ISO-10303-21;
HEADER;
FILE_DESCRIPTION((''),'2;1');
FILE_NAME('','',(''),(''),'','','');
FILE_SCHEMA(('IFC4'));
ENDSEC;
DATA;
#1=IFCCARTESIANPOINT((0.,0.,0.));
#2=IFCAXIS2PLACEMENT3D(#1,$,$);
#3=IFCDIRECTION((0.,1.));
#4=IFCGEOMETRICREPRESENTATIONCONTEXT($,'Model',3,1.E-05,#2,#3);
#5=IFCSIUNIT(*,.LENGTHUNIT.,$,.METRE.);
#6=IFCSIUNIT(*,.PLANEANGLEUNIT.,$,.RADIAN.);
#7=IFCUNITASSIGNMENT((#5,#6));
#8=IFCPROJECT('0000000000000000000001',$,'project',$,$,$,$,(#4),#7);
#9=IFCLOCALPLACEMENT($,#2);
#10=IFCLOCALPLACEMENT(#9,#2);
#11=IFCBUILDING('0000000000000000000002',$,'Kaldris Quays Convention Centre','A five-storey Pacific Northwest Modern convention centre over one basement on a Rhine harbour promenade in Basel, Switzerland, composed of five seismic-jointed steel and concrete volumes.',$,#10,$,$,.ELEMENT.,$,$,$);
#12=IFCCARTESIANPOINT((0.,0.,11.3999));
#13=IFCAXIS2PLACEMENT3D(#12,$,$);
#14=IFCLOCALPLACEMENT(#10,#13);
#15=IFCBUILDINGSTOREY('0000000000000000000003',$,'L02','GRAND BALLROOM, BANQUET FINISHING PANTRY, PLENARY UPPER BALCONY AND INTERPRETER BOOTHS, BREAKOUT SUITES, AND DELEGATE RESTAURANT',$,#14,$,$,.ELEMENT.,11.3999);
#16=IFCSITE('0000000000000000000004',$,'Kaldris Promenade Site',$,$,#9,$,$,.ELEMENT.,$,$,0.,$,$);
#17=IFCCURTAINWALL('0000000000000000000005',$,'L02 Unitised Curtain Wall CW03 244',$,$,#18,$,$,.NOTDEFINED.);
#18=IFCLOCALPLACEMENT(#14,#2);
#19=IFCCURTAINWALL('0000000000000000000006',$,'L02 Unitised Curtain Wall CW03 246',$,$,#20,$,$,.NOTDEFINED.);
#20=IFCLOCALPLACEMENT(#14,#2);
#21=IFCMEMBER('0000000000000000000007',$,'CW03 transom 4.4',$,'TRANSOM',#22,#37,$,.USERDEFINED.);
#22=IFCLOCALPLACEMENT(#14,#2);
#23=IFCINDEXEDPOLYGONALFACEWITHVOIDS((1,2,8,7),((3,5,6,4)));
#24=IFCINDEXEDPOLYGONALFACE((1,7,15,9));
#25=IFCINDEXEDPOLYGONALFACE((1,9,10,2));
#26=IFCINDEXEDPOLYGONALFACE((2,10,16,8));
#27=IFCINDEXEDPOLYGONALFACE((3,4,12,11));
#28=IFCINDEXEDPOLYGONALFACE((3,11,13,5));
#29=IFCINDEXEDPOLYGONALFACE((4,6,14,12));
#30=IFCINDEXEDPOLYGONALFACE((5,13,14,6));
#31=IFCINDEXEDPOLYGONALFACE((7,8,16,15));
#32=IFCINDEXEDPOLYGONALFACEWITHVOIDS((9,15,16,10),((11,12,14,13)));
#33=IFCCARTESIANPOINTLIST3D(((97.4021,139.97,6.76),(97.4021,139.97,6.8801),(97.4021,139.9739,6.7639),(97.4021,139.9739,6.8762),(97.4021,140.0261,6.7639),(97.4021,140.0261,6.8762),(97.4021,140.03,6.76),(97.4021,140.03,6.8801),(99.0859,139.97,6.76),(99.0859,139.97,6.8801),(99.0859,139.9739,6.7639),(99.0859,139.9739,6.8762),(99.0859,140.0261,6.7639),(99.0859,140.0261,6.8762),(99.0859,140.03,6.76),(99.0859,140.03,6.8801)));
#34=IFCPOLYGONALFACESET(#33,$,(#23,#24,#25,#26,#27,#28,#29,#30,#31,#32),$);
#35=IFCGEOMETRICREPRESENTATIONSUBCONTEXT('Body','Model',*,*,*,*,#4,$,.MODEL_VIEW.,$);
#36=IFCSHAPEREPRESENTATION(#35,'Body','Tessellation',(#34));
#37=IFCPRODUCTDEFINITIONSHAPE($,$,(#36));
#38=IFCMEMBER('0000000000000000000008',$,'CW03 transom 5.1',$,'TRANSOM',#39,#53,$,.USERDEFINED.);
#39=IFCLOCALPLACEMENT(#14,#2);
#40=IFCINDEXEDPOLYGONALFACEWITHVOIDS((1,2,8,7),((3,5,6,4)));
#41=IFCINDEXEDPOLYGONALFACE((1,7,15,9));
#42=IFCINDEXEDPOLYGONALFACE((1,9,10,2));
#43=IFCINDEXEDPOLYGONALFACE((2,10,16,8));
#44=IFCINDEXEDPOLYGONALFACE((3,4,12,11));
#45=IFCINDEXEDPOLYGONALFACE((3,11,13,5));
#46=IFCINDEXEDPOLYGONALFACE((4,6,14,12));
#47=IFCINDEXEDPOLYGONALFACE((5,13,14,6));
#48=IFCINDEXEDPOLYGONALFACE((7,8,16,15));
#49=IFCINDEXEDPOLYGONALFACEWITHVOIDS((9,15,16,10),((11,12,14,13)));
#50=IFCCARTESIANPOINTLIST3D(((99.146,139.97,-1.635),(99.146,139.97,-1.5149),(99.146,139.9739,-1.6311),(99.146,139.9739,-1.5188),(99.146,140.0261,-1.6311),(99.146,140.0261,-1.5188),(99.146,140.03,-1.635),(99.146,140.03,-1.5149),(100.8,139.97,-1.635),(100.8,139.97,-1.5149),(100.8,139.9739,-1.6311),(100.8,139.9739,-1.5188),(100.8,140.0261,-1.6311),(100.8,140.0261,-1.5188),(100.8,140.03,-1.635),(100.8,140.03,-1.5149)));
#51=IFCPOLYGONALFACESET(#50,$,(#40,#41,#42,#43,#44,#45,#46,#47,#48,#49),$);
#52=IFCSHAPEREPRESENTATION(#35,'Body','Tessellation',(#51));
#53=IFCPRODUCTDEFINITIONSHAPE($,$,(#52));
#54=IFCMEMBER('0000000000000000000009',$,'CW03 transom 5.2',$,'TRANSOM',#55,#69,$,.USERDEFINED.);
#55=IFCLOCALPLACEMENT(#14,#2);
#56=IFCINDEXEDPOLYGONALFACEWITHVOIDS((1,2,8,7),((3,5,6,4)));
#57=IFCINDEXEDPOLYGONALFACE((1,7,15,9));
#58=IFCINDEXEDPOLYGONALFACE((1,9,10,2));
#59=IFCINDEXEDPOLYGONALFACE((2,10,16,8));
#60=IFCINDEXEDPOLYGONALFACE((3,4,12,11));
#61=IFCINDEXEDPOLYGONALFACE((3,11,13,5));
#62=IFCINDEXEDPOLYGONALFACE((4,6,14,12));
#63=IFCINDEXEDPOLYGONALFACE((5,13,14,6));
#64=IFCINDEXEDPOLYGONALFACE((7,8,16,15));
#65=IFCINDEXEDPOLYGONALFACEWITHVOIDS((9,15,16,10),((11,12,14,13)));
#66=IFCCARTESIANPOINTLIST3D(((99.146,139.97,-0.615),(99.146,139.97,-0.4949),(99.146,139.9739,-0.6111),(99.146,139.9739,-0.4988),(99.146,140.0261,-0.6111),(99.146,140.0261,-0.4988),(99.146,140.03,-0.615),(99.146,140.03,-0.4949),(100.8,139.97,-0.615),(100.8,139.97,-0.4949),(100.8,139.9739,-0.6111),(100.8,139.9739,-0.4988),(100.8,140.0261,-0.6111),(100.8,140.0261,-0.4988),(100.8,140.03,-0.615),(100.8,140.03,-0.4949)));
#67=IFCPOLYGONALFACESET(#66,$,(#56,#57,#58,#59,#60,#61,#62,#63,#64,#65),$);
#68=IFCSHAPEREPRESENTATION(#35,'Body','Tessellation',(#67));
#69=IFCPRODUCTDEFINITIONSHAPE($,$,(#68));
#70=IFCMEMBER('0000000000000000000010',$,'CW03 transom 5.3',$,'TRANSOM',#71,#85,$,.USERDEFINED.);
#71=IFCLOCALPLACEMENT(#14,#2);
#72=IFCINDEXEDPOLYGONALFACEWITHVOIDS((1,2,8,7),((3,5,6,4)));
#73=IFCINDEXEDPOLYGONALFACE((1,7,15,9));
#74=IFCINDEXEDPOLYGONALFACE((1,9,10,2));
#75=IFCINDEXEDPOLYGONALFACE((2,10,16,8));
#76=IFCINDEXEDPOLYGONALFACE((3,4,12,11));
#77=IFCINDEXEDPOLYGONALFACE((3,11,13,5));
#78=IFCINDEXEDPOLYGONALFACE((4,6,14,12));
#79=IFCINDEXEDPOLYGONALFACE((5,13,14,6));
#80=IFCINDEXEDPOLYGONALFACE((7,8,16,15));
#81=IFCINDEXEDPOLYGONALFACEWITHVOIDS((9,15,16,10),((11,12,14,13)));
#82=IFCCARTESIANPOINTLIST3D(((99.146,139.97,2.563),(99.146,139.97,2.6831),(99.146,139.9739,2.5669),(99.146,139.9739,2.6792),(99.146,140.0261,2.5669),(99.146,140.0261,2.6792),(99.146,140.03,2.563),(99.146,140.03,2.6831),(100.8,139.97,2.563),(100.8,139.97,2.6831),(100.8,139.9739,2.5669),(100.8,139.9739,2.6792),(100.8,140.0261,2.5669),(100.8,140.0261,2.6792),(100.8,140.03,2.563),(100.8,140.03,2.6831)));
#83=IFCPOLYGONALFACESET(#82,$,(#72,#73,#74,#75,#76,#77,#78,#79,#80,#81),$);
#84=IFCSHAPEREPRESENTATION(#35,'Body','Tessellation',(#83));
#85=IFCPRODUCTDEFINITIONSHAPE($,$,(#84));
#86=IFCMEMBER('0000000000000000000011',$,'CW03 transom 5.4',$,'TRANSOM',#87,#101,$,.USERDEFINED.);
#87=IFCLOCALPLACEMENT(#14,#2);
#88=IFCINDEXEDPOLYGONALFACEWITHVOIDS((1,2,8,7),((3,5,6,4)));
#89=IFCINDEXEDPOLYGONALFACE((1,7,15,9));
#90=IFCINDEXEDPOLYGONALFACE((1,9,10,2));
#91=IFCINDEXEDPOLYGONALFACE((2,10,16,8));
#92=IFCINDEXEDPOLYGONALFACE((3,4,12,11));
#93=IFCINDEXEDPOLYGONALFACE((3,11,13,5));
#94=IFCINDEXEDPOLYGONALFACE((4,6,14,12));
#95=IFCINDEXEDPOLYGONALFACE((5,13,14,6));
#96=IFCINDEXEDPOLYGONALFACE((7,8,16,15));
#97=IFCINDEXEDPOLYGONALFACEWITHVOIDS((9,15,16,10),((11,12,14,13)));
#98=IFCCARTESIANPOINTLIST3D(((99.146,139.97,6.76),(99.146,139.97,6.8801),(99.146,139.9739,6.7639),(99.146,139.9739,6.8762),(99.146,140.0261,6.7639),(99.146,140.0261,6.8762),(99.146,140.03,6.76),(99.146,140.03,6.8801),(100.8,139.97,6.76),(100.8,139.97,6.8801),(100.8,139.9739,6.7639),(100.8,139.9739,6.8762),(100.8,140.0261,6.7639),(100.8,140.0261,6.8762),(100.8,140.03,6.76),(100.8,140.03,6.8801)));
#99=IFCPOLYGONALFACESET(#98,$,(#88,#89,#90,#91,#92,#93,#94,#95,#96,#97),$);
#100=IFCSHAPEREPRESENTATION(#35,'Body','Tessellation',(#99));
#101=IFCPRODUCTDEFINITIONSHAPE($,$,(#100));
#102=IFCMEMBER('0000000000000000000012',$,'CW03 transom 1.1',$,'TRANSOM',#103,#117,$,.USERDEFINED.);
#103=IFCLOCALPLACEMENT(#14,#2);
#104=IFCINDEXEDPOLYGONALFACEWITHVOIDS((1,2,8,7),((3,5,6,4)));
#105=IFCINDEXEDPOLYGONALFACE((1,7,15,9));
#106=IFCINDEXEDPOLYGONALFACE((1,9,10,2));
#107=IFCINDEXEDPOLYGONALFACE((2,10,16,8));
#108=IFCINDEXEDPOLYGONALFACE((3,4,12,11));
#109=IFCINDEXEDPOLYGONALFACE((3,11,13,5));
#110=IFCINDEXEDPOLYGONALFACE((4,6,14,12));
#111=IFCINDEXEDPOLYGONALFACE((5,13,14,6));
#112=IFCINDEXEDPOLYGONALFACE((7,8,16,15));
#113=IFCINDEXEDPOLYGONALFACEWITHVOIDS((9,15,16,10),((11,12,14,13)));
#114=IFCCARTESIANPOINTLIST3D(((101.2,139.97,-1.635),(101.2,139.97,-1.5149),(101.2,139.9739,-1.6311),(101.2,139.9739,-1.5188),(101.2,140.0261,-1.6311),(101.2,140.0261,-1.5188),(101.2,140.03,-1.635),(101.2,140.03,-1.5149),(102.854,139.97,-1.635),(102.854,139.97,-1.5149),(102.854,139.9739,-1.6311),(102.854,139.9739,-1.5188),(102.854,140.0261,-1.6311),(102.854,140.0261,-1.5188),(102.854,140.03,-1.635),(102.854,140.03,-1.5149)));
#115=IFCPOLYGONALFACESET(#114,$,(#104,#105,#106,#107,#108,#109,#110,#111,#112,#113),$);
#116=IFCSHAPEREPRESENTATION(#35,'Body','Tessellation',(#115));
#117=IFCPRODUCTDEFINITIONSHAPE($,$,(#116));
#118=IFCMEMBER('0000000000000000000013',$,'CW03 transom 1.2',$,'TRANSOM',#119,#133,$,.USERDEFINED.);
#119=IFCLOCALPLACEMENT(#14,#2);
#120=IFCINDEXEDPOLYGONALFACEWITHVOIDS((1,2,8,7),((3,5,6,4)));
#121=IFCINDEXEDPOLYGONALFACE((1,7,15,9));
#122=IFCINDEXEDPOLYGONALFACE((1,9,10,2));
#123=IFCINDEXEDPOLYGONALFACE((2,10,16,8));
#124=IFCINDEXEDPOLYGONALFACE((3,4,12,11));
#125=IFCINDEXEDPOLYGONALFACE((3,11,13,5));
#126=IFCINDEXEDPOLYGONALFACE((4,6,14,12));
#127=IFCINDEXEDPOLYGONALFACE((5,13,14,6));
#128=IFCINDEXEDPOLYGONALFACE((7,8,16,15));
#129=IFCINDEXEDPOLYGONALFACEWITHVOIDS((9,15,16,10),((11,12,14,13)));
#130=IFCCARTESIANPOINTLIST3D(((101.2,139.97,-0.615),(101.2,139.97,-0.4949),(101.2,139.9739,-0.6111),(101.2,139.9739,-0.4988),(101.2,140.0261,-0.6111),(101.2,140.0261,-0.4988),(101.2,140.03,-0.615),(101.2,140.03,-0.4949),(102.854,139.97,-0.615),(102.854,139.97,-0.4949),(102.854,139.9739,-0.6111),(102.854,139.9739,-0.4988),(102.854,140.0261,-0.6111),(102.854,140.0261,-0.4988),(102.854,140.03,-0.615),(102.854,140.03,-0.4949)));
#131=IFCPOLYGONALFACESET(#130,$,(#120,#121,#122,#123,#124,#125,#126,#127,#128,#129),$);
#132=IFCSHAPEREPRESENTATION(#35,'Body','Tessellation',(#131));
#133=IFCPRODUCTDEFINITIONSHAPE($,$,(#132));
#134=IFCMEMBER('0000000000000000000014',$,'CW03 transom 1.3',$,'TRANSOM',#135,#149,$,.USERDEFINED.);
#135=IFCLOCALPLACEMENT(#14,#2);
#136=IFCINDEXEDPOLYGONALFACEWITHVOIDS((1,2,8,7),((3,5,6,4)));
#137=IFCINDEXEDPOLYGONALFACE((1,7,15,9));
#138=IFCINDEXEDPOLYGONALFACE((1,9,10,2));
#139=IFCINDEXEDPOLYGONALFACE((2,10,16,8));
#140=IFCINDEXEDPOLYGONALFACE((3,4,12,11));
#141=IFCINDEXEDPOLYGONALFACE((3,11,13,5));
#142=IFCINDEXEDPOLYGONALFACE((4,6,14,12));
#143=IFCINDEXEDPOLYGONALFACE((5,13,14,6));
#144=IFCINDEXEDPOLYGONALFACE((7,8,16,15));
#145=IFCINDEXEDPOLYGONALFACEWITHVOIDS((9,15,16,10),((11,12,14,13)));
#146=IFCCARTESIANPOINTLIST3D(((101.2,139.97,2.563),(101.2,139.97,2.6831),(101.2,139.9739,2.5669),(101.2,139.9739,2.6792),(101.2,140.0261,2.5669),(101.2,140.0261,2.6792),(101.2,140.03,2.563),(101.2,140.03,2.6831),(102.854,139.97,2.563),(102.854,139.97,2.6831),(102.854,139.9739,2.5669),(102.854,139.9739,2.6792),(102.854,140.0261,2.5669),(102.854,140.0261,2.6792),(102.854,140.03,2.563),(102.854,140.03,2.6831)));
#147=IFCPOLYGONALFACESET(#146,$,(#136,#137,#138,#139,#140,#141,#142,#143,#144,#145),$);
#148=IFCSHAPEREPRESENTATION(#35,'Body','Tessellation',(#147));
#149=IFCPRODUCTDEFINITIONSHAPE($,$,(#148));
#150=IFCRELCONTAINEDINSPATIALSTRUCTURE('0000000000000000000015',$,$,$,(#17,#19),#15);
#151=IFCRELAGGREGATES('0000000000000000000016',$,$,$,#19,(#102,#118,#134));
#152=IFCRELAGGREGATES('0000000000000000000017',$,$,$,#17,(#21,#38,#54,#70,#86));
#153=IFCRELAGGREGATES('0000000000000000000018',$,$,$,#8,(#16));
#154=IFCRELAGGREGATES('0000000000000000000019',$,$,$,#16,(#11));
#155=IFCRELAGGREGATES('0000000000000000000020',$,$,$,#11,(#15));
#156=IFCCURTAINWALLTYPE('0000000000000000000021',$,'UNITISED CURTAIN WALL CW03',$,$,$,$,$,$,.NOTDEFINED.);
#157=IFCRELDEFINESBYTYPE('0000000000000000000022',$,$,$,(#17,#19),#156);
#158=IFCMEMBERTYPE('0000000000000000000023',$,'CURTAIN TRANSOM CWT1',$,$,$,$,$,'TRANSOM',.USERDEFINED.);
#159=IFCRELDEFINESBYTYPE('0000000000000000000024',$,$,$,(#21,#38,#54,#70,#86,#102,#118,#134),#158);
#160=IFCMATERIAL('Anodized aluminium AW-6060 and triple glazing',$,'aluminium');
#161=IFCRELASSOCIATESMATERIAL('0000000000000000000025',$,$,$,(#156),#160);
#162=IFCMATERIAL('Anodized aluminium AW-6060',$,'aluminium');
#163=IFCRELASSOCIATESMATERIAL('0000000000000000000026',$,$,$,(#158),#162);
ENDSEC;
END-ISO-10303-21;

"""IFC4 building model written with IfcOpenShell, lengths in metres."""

from ifc_helpers import new_model, si_unit, direction, frame, origin, origin_2d, place, context, subcontext, project, spatial, hollow_rectangle, extrude, material, material_profile, profile_set, type_object, element, aggregate, save


model = new_model("IFC4")

# Units and contexts
model_context = context("Model", 3, precision=1e-05, world=origin(), true_north=direction((0.0, 1.0)))
body_context = subcontext(model_context, "Body", "Model", "MODEL_VIEW")
ifc_project = project(units=[si_unit("LENGTHUNIT", "METRE"), si_unit("PLANEANGLEUNIT", "RADIAN")], contexts=[model_context])

# Site, building, storey
site_placement = place(None, origin())
site = spatial("IfcSite", under=ifc_project, at=site_placement, Name="Kaldris Promenade Site", CompositionType="ELEMENT", RefElevation=0.0)
building_placement = place(site_placement, origin())
building = spatial("IfcBuilding", under=site, at=building_placement, Name="Kaldris Quays Convention Centre", Description="A five-storey Pacific Northwest Modern convention centre over one basement on a Rhine harbour promenade in Basel, Switzerland, composed of five seismic-jointed steel and concrete volumes.", CompositionType="ELEMENT")
storey_placement = place(building_placement, frame((0.0, 0.0, 11.3999)))
storey = spatial("IfcBuildingStorey", under=building, at=storey_placement, Name="L02", Description="GRAND BALLROOM, BANQUET FINISHING PANTRY, PLENARY UPPER BALCONY AND INTERPRETER BOOTHS, BREAKOUT SUITES, AND DELEGATE RESTAURANT", CompositionType="ELEMENT", Elevation=11.3999)

# Curtain wall
ifc_material_1 = material(Name="Anodized aluminium AW-6060 and triple glazing", Category="aluminium")
curtain_wall_type = type_object("IfcCurtainWallType", Name="UNITISED CURTAIN WALL CW03", PredefinedType="NOTDEFINED", material=ifc_material_1)
curtain_wall_1_placement = place(storey_placement, origin())
curtain_wall_1 = element("IfcCurtainWall", 1, at=curtain_wall_1_placement, inside=storey, type_object=curtain_wall_type, Name="L02 Unitised Curtain Wall CW03 244", PredefinedType="NOTDEFINED")
ifc_material_2 = material(Name="Anodized aluminium AW-6060", Category="aluminium")

# Curtain wall
curtain_wall_2_placement = place(storey_placement, origin())
curtain_wall_2 = element("IfcCurtainWall", 2, at=curtain_wall_2_placement, inside=storey, type_object=curtain_wall_type, Name="L02 Unitised Curtain Wall CW03 246", PredefinedType="NOTDEFINED")

# Members
ifc_material_profile_1 = material_profile(ifc_material_2, hollow_rectangle(XDim=0.0601, YDim=0.1201, WallThickness=0.0039, at=origin_2d()), Name="RHS 120x60x4")
ifc_profile_set_1 = profile_set([ifc_material_profile_1], Name="Anodized aluminium AW-6060")
member_type_1 = type_object("IfcMemberType", Name="CURTAIN TRANSOM CWT1", ElementType="TRANSOM", PredefinedType="USERDEFINED", material=ifc_profile_set_1)
member_1_placement = place(storey_placement, frame((97.4021, 140.0, 6.8201), z_axis=(1.0, 0.0, 0.0), x_axis=(0.0, 1.0, 0.0)))
member_1 = element("IfcMember", 3, at=member_1_placement, type_object=member_type_1, Name="CW03 transom 4.4", ObjectType="TRANSOM", PredefinedType="USERDEFINED", context=body_context, shape_type="SweptSolid", body=[
    extrude(hollow_rectangle(XDim=0.0601, YDim=0.1201, WallThickness=0.0039, at=origin_2d()), origin(), (0.0, 0.0, 1.0), 1.6838),
])
member_2_placement = place(storey_placement, frame((99.146, 140.0, -1.575), z_axis=(1.0, 0.0, 0.0), x_axis=(0.0, 1.0, 0.0)))
member_2 = element("IfcMember", 4, at=member_2_placement, type_object=member_type_1, Name="CW03 transom 5.1", ObjectType="TRANSOM", PredefinedType="USERDEFINED", context=body_context, shape_type="SweptSolid", body=[
    extrude(hollow_rectangle(XDim=0.0601, YDim=0.1201, WallThickness=0.0039, at=origin_2d()), origin(), (0.0, 0.0, 1.0), 1.6541),
])
member_3_placement = place(storey_placement, frame((99.146, 140.0, -0.5549), z_axis=(1.0, 0.0, 0.0), x_axis=(0.0, 1.0, 0.0)))
member_3 = element("IfcMember", 5, at=member_3_placement, type_object=member_type_1, Name="CW03 transom 5.2", ObjectType="TRANSOM", PredefinedType="USERDEFINED", context=body_context, shape_type="SweptSolid", body=[
    extrude(hollow_rectangle(XDim=0.0601, YDim=0.1201, WallThickness=0.0039, at=origin_2d()), origin(), (0.0, 0.0, 1.0), 1.6541),
])
member_4_placement = place(storey_placement, frame((99.146, 140.0, 2.623), z_axis=(1.0, 0.0, 0.0), x_axis=(0.0, 1.0, 0.0)))
member_4 = element("IfcMember", 6, at=member_4_placement, type_object=member_type_1, Name="CW03 transom 5.3", ObjectType="TRANSOM", PredefinedType="USERDEFINED", context=body_context, shape_type="SweptSolid", body=[
    extrude(hollow_rectangle(XDim=0.0601, YDim=0.1201, WallThickness=0.0039, at=origin_2d()), origin(), (0.0, 0.0, 1.0), 1.6541),
])
member_5_placement = place(storey_placement, frame((99.146, 140.0, 6.8201), z_axis=(1.0, 0.0, 0.0), x_axis=(0.0, 1.0, 0.0)))
member_5 = element("IfcMember", 7, at=member_5_placement, type_object=member_type_1, Name="CW03 transom 5.4", ObjectType="TRANSOM", PredefinedType="USERDEFINED", context=body_context, shape_type="SweptSolid", body=[
    extrude(hollow_rectangle(XDim=0.0601, YDim=0.1201, WallThickness=0.0039, at=origin_2d()), origin(), (0.0, 0.0, 1.0), 1.6541),
])
member_6_placement = place(storey_placement, frame((101.2, 140.0, -1.575), z_axis=(1.0, 0.0, 0.0), x_axis=(0.0, 1.0, 0.0)))
member_6 = element("IfcMember", 8, at=member_6_placement, type_object=member_type_1, Name="CW03 transom 1.1", ObjectType="TRANSOM", PredefinedType="USERDEFINED", context=body_context, shape_type="SweptSolid", body=[
    extrude(hollow_rectangle(XDim=0.0601, YDim=0.1201, WallThickness=0.0039, at=origin_2d()), origin(), (0.0, 0.0, 1.0), 1.6541),
])
member_7_placement = place(storey_placement, frame((101.2, 140.0, -0.5549), z_axis=(1.0, 0.0, 0.0), x_axis=(0.0, 1.0, 0.0)))
member_7 = element("IfcMember", 9, at=member_7_placement, type_object=member_type_1, Name="CW03 transom 1.2", ObjectType="TRANSOM", PredefinedType="USERDEFINED", context=body_context, shape_type="SweptSolid", body=[
    extrude(hollow_rectangle(XDim=0.0601, YDim=0.1201, WallThickness=0.0039, at=origin_2d()), origin(), (0.0, 0.0, 1.0), 1.6541),
])
member_8_placement = place(storey_placement, frame((101.2, 140.0, 2.623), z_axis=(1.0, 0.0, 0.0), x_axis=(0.0, 1.0, 0.0)))
member_8 = element("IfcMember", 10, at=member_8_placement, type_object=member_type_1, Name="CW03 transom 1.3", ObjectType="TRANSOM", PredefinedType="USERDEFINED", context=body_context, shape_type="SweptSolid", body=[
    extrude(hollow_rectangle(XDim=0.0601, YDim=0.1201, WallThickness=0.0039, at=origin_2d()), origin(), (0.0, 0.0, 1.0), 1.6541),
])
aggregate(curtain_wall_2, [member_6, member_7, member_8])

aggregate(curtain_wall_1, [member_1, member_2, member_3, member_4, member_5])

save(model, "model.ifc")
